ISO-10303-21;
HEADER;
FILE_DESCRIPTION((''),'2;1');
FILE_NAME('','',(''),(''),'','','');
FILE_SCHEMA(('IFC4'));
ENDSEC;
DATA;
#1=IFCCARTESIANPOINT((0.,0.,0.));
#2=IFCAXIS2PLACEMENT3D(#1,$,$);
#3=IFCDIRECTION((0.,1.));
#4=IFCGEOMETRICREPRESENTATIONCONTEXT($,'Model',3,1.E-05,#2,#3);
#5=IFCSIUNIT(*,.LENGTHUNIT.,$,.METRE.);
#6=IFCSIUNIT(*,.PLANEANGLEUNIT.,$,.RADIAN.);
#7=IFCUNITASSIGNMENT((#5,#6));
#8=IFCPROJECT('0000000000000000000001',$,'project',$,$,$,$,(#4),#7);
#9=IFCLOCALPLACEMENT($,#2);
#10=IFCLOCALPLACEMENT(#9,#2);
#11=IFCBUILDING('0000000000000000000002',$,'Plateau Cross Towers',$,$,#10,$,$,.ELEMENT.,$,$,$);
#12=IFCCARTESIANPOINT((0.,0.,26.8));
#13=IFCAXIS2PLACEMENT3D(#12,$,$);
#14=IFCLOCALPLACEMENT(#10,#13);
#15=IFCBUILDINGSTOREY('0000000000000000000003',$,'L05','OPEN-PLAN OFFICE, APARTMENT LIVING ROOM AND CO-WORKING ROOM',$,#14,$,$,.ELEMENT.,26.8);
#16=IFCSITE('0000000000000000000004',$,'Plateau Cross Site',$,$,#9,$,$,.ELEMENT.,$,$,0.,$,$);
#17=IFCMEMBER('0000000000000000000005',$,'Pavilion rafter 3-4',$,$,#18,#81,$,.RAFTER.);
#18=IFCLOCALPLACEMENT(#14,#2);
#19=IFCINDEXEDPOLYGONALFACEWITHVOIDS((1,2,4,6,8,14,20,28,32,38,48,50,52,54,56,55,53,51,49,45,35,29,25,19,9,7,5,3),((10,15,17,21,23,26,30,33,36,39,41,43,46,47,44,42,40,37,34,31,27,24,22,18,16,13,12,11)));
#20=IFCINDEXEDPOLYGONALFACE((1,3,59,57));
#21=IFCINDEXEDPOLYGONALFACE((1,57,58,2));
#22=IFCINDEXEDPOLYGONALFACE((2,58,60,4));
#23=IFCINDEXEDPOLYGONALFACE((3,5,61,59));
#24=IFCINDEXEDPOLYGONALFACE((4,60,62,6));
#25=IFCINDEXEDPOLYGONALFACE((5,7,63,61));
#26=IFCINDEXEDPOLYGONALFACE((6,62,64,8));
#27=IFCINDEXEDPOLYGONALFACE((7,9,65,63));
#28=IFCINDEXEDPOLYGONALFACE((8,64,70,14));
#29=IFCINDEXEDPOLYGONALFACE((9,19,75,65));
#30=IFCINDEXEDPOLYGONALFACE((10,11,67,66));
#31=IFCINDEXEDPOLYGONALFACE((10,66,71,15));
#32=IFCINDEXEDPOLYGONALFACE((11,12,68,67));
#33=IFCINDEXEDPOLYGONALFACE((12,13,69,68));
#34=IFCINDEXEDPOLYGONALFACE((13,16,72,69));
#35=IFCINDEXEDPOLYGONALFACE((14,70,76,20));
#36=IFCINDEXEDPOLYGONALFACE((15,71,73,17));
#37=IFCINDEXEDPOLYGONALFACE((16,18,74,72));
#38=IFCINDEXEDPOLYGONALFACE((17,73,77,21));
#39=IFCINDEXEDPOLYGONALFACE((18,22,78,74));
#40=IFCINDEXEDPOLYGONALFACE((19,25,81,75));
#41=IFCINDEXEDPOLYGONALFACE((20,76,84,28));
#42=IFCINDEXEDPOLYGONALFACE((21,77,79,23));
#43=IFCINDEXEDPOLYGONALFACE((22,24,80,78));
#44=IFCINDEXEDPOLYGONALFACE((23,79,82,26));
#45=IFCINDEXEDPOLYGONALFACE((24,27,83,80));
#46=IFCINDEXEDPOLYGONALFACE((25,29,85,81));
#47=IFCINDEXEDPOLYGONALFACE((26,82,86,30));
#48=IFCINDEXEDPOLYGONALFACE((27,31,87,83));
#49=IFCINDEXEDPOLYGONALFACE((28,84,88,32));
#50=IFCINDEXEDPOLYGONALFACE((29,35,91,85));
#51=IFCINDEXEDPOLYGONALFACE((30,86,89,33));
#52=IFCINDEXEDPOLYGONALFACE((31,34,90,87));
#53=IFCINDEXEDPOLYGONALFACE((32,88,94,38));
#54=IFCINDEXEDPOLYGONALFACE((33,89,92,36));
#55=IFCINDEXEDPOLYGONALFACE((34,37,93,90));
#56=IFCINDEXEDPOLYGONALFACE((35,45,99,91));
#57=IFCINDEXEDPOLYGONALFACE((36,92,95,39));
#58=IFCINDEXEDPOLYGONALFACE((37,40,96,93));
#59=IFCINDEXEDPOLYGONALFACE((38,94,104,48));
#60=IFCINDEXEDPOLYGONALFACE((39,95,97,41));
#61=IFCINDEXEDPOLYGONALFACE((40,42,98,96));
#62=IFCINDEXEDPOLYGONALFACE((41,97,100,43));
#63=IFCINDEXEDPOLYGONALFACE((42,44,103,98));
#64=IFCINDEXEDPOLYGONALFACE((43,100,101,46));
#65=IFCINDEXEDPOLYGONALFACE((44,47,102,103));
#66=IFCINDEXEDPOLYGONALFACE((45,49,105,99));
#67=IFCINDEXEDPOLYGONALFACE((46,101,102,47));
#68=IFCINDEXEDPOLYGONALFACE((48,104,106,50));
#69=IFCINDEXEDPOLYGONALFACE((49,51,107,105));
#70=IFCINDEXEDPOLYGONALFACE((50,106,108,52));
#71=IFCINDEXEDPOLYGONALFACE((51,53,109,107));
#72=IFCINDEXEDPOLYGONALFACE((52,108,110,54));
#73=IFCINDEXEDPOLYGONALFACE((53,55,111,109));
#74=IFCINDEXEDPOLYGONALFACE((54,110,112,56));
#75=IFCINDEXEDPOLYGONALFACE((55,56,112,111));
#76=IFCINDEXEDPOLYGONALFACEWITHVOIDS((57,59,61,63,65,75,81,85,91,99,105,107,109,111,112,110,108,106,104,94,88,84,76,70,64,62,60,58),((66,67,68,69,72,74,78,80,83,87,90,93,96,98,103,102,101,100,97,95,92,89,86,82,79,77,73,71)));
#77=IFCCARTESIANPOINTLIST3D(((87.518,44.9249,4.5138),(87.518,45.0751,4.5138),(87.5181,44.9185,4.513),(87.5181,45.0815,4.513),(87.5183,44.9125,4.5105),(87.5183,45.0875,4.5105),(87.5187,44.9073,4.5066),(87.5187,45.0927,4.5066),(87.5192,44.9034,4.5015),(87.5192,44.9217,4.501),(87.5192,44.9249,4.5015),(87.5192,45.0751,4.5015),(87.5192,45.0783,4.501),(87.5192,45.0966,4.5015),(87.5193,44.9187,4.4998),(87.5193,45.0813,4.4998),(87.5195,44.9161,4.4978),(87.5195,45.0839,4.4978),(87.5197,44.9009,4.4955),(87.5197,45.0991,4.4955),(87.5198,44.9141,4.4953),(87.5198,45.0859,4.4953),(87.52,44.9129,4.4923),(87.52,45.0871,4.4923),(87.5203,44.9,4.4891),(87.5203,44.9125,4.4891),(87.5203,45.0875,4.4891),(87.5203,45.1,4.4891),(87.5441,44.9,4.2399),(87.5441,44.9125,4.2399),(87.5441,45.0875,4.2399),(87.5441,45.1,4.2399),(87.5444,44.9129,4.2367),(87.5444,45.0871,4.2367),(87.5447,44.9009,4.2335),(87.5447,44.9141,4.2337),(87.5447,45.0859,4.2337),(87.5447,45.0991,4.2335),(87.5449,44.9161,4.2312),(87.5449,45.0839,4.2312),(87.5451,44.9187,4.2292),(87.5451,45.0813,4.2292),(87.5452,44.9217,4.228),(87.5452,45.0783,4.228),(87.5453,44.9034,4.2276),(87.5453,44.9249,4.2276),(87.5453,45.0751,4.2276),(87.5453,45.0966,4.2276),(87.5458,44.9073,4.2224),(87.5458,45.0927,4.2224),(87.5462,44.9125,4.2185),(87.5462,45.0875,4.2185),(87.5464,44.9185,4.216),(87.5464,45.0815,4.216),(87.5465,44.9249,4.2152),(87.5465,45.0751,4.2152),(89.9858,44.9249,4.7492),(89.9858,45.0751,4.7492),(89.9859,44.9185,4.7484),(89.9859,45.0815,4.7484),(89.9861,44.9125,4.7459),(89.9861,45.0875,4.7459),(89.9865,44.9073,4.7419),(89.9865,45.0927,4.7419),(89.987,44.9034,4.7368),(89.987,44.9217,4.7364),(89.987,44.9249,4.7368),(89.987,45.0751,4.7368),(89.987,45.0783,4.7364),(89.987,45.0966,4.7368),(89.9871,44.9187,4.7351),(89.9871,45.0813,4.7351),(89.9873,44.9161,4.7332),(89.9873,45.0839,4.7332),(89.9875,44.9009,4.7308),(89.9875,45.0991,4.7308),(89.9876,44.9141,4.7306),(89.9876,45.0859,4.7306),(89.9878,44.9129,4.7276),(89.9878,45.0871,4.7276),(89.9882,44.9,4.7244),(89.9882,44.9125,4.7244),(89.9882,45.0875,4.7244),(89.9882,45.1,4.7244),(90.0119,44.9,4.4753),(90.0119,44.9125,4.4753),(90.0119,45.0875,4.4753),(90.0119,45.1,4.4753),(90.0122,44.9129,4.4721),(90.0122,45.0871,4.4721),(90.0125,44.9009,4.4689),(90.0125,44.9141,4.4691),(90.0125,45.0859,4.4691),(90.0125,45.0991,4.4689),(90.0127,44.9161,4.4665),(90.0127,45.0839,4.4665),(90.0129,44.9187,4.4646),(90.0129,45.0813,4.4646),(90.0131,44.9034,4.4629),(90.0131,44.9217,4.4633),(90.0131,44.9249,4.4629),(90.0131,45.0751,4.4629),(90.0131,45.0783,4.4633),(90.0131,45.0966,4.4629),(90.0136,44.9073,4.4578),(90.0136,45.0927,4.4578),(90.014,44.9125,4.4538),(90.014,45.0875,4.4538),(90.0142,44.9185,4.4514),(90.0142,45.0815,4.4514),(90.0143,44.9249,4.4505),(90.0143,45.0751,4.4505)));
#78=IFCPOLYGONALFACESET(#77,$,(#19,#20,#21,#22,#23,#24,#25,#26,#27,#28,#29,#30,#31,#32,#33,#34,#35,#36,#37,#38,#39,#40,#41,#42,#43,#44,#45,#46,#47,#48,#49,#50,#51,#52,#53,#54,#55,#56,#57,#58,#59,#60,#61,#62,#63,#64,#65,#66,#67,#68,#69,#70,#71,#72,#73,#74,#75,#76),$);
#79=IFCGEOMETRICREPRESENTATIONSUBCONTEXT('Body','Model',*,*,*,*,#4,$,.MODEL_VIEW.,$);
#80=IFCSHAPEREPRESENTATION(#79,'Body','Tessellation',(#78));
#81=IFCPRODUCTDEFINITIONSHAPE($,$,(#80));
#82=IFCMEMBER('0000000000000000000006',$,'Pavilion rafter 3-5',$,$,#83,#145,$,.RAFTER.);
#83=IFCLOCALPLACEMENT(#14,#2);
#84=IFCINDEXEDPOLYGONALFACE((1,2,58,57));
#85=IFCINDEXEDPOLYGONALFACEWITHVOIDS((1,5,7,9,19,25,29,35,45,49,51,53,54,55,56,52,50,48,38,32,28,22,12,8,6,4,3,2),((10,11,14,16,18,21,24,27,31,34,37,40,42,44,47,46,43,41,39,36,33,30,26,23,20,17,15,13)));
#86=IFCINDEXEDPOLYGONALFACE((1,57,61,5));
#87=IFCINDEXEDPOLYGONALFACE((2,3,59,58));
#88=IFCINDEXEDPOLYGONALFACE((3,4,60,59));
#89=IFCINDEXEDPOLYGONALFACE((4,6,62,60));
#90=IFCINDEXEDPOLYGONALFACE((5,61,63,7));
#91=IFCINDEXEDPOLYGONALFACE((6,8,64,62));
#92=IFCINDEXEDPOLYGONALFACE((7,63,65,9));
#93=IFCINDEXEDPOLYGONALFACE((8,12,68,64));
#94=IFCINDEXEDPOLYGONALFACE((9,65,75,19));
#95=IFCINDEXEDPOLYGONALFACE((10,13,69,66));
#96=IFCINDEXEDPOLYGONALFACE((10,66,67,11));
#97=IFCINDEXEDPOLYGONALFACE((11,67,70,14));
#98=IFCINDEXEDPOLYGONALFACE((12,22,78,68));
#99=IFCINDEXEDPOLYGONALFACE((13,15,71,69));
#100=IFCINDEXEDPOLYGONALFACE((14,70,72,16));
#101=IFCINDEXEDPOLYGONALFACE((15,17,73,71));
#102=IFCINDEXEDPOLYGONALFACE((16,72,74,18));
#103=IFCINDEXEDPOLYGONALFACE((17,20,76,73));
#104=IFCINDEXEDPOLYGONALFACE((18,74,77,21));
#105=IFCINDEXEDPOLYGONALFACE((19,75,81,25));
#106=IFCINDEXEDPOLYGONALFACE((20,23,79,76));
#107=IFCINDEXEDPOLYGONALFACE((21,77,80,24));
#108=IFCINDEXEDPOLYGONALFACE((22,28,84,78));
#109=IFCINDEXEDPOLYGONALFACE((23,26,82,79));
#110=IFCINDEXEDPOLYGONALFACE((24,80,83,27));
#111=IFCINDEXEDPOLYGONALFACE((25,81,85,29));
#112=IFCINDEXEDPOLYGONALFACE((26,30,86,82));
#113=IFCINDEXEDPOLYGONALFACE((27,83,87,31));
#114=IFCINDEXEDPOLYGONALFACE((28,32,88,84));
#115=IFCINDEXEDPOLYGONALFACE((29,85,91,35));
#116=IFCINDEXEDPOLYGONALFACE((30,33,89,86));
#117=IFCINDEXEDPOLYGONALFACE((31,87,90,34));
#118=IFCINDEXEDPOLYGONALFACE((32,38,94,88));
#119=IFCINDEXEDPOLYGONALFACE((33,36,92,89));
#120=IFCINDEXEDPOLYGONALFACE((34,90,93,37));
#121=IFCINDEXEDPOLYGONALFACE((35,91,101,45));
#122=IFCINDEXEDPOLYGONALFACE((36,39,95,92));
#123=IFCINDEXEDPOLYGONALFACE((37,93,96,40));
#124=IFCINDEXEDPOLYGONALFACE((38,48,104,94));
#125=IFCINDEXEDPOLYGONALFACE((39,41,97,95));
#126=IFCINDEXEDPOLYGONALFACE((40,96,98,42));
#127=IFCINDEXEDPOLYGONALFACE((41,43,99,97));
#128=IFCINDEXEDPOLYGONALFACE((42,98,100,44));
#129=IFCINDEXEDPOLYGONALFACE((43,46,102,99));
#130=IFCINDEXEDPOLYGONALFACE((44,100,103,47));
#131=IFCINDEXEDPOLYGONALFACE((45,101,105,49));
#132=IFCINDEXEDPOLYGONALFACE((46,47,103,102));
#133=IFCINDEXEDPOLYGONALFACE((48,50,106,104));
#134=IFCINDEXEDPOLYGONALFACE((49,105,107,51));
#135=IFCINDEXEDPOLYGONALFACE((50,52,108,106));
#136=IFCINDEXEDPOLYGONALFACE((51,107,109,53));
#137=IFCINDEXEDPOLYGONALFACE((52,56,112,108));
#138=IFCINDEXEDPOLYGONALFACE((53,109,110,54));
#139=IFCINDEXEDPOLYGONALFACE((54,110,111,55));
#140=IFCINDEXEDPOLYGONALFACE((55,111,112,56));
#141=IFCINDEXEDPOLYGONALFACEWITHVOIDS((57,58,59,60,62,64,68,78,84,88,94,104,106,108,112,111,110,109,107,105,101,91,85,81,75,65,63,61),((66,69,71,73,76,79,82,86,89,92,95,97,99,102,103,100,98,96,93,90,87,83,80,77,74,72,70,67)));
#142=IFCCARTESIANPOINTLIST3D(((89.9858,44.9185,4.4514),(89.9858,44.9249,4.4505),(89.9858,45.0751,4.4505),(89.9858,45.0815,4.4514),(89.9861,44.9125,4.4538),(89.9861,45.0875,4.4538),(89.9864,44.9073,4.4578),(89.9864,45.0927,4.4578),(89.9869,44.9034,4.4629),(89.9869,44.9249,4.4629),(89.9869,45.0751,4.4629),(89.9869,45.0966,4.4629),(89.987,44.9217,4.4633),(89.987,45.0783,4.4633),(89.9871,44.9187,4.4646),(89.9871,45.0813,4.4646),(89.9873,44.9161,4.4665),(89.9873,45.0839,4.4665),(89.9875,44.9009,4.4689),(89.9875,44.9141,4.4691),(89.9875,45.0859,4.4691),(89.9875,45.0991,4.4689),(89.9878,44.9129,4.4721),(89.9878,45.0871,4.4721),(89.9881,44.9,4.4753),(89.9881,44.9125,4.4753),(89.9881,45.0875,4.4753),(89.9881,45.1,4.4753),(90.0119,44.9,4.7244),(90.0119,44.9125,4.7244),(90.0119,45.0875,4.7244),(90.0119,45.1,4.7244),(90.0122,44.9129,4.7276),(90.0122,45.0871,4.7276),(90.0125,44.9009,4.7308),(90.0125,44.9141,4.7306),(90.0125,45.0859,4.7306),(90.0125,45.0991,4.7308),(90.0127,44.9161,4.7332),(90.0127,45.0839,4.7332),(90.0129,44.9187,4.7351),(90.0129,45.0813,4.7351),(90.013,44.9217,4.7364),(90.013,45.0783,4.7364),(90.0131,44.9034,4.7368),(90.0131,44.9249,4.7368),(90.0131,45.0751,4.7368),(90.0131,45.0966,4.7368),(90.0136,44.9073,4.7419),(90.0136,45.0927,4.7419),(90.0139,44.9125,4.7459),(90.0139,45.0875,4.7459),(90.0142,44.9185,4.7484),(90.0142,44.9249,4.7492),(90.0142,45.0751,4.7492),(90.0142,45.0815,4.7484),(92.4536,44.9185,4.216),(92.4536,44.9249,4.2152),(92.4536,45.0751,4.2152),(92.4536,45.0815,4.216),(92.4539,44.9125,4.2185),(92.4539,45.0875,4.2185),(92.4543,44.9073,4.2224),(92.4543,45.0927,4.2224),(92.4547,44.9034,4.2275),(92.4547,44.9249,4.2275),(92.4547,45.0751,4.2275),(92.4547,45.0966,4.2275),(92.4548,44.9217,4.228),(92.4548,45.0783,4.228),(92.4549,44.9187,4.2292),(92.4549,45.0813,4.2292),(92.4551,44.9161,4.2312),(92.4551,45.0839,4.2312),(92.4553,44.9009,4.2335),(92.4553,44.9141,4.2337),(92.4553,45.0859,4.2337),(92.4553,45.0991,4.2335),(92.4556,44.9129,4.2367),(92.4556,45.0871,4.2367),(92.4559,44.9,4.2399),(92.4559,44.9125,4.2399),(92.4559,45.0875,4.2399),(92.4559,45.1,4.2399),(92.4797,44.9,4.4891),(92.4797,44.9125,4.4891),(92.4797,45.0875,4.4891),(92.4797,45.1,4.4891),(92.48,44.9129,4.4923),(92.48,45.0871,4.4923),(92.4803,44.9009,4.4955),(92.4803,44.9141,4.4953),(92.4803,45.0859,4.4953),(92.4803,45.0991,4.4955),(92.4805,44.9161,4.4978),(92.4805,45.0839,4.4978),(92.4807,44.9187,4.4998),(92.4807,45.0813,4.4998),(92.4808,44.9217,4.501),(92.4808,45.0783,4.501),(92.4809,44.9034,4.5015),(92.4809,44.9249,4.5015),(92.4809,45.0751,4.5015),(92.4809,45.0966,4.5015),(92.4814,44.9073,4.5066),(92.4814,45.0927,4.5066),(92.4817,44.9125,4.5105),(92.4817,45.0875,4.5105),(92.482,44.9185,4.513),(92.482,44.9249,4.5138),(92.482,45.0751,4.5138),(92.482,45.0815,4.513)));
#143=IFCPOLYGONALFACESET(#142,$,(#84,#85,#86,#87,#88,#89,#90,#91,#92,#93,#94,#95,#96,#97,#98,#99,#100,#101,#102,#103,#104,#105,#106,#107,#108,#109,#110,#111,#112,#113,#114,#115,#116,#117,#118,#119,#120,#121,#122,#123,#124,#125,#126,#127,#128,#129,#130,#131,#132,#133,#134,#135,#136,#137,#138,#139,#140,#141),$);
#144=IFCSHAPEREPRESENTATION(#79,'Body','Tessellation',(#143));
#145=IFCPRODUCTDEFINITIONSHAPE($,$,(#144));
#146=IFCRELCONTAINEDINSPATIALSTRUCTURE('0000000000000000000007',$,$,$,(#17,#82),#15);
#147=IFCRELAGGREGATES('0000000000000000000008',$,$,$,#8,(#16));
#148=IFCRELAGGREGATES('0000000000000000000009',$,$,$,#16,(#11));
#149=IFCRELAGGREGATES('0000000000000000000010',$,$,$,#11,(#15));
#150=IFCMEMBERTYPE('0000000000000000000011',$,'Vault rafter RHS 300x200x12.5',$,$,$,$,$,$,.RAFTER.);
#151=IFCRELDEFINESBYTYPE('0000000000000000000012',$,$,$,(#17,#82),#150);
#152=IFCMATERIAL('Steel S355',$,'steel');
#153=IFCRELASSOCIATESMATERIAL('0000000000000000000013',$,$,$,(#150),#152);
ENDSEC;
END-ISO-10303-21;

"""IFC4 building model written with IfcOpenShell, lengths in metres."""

from ifc_helpers import new_model, si_unit, direction, frame, origin, origin_2d, place, context, subcontext, project, spatial, hollow_rectangle, extrude, material, material_profile, profile_set, type_object, element, save


model = new_model("IFC4")

# Units and contexts
model_context = context("Model", 3, precision=1e-05, world=origin(), true_north=direction((0.0, 1.0)))
body_context = subcontext(model_context, "Body", "Model", "MODEL_VIEW")
ifc_project = project(units=[si_unit("LENGTHUNIT", "METRE"), si_unit("PLANEANGLEUNIT", "RADIAN")], contexts=[model_context])

# Site, building, storey
site_placement = place(None, origin())
site = spatial("IfcSite", under=ifc_project, at=site_placement, Name="Plateau Cross Site", CompositionType="ELEMENT", RefElevation=0.0)
building_placement = place(site_placement, origin())
building = spatial("IfcBuilding", under=site, at=building_placement, Name="Plateau Cross Towers", CompositionType="ELEMENT")
storey_placement = place(building_placement, frame((0.0, 0.0, 26.8)))
storey = spatial("IfcBuildingStorey", under=building, at=storey_placement, Name="L05", Description="OPEN-PLAN OFFICE, APARTMENT LIVING ROOM AND CO-WORKING ROOM", CompositionType="ELEMENT", Elevation=26.8)

# Shared definitions
ifc_material_1 = material(Name="Steel S355", Category="steel")

# Members
ifc_material_profile_1 = material_profile(ifc_material_1, hollow_rectangle(XDim=0.2, YDim=0.3, WallThickness=0.0125, InnerFilletRadius=0.0125, OuterFilletRadius=0.0249, at=origin_2d()), Name="RHS 300x200x12.5")
ifc_profile_set_1 = profile_set([ifc_material_profile_1], Name="Steel S355")
member_type = type_object("IfcMemberType", Name="Vault rafter RHS 300x200x12.5", PredefinedType="RAFTER", material=ifc_profile_set_1)
for number, where, z_axis, x_axis, name in (
    (1, (87.5322, 45.0, 4.3645), (0.995483, 0.0, 0.094939), (0.0, 1.0, 0.0), "Pavilion rafter 3-4"),
    (2, (90.0, 45.0, 4.5999), (0.995483, 0.0, -0.094939), (0.0, 1.0, 0.0), "Pavilion rafter 3-5"),
):
    element("IfcMember", number, at=place(storey_placement, frame(where, z_axis=z_axis, x_axis=x_axis)), inside=storey, type_object=member_type, Name=name, PredefinedType="RAFTER", context=body_context, shape_type="SweptSolid", body=[
        extrude(hollow_rectangle(XDim=0.2, YDim=0.3, WallThickness=0.0125, InnerFilletRadius=0.0125, OuterFilletRadius=0.0249, at=origin_2d()), origin(), (0.0, 0.0, 1.0), 2.479),
    ])

save(model, "model.ifc")
